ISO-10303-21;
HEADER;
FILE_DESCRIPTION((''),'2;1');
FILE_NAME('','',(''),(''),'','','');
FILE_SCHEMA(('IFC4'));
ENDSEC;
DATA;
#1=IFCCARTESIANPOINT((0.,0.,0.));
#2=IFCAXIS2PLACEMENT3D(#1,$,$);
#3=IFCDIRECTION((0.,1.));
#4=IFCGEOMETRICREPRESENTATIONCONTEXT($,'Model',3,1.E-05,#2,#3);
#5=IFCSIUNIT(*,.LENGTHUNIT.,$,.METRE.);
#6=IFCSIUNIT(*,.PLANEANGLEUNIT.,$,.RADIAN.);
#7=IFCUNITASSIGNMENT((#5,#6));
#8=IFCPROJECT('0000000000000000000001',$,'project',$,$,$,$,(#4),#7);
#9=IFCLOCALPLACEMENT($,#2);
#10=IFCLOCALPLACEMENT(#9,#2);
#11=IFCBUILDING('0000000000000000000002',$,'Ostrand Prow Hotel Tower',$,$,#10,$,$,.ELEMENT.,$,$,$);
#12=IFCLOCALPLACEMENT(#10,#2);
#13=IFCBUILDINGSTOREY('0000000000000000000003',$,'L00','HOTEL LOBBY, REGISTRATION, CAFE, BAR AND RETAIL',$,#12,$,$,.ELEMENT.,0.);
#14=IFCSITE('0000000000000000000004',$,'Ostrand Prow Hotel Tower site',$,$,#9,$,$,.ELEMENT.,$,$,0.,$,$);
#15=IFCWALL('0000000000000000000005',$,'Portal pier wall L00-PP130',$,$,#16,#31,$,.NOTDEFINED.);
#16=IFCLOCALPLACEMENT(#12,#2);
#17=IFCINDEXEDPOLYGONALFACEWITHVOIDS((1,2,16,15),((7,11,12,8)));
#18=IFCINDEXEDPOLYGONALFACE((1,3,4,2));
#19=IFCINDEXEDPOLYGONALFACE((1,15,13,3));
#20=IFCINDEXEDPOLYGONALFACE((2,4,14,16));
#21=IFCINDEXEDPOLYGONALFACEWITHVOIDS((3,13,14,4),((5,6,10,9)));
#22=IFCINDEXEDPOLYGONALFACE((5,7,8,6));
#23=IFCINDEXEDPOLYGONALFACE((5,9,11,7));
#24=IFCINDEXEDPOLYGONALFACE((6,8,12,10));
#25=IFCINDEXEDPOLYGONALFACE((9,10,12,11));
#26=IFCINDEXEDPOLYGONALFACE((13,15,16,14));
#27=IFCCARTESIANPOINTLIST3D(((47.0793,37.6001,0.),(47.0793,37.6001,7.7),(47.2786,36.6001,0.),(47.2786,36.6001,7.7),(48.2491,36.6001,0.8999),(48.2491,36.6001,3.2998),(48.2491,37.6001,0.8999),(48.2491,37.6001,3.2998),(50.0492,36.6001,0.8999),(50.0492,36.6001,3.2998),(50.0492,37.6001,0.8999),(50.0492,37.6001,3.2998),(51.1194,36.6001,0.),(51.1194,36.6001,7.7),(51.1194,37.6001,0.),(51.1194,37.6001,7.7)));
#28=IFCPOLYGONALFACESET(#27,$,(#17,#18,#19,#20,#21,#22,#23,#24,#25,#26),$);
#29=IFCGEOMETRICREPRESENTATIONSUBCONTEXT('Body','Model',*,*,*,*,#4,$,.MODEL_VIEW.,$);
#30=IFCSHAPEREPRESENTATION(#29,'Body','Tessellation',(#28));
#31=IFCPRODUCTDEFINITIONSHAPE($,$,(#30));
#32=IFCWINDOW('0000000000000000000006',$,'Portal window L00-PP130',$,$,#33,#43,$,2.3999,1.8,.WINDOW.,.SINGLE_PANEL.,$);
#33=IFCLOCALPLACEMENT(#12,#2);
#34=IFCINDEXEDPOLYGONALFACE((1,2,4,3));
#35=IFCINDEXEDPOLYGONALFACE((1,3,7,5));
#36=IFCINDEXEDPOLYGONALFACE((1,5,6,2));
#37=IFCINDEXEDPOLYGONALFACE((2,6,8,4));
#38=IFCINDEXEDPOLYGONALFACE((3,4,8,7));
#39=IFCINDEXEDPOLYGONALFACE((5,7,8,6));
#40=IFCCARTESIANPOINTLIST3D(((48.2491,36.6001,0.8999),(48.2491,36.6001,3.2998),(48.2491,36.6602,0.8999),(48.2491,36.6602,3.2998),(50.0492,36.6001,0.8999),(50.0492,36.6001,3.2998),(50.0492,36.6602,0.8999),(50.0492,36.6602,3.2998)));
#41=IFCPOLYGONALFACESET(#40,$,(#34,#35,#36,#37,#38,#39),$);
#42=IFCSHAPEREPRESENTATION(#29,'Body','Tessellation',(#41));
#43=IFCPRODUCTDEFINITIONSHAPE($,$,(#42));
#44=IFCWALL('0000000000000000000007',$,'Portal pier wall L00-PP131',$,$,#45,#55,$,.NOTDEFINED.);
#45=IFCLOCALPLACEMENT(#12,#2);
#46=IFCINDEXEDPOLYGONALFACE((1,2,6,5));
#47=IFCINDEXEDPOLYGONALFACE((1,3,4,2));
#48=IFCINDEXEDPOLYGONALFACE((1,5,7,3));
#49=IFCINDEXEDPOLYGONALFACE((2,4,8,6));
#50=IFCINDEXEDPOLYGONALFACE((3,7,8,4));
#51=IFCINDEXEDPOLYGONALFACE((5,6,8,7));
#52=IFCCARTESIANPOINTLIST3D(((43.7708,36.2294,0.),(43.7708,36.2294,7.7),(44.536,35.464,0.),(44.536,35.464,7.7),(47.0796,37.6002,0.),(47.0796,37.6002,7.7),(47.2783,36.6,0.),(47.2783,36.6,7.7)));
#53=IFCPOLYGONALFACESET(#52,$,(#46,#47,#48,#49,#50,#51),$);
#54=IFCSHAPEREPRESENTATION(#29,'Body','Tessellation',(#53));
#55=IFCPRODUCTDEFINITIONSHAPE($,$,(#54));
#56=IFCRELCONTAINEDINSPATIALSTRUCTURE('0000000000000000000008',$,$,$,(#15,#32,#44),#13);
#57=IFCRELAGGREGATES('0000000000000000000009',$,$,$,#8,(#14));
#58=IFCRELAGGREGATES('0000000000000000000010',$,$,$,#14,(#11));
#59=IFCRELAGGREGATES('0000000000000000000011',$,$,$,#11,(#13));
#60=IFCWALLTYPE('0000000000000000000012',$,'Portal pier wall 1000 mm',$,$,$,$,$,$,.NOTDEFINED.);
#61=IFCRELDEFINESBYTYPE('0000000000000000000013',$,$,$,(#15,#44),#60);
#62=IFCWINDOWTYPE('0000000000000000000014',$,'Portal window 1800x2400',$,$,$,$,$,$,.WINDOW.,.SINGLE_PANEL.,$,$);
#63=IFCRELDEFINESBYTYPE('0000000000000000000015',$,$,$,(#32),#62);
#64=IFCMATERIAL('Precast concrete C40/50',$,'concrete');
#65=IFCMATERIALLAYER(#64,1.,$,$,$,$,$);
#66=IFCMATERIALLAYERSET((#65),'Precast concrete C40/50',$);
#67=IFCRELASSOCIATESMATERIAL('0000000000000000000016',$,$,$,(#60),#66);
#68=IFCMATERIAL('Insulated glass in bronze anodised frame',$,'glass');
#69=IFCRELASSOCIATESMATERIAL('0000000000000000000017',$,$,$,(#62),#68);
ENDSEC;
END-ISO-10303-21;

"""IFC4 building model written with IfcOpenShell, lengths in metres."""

from ifc_helpers import new_model, si_unit, direction, frame, frame_2d, origin, place, context, subcontext, project, spatial, polyline, rectangle, outline, extrude, material, layer, layer_set, type_object, element, fill, save


model = new_model("IFC4")

# Units and contexts
model_context = context("Model", 3, precision=1e-05, world=origin(), true_north=direction((0.0, 1.0)))
body_context = subcontext(model_context, "Body", "Model", "MODEL_VIEW")
ifc_project = project(units=[si_unit("LENGTHUNIT", "METRE"), si_unit("PLANEANGLEUNIT", "RADIAN")], contexts=[model_context])

# Site, building, storey
site_placement = place(None, origin())
site = spatial("IfcSite", under=ifc_project, at=site_placement, Name="Ostrand Prow Hotel Tower site", CompositionType="ELEMENT", RefElevation=0.0)
building_placement = place(site_placement, origin())
building = spatial("IfcBuilding", under=site, at=building_placement, Name="Ostrand Prow Hotel Tower", CompositionType="ELEMENT")
storey_placement = place(building_placement, origin())
storey = spatial("IfcBuildingStorey", under=building, at=storey_placement, Name="L00", Description="HOTEL LOBBY, REGISTRATION, CAFE, BAR AND RETAIL", CompositionType="ELEMENT", Elevation=0.0)

# Shared definitions
ifc_material_1 = material(Name="Precast concrete C40/50", Category="concrete")
ifc_layer_1 = layer(ifc_material_1, 1.0)
ifc_layer_set_1 = layer_set([ifc_layer_1], Name="Precast concrete C40/50")
wall_type_1 = type_object("IfcWallType", Name="Portal pier wall 1000 mm", PredefinedType="NOTDEFINED", material=ifc_layer_set_1)

# Wall, opening, window
ifc_material_2 = material(Name="Insulated glass in bronze anodised frame", Category="glass")
window_type = type_object("IfcWindowType", Name="Portal window 1800x2400", PartitioningType="SINGLE_PANEL", PredefinedType="WINDOW", material=ifc_material_2)
wall_1_placement = place(storey_placement, frame((51.1194, 37.1001, 0.0), z_axis=(0.0, 0.0, 1.0), x_axis=(-1.0, 0.0, 0.0)))
wall_1 = element("IfcWall", 1, at=wall_1_placement, inside=storey, type_object=wall_type_1, Name="Portal pier wall L00-PP130", PredefinedType="NOTDEFINED", context=body_context, shape_type="SweptSolid", body=[
    extrude(outline(polyline([(0.0, -0.5), (4.04, -0.5), (3.8408, 0.5), (0.0, 0.5), (0.0, -0.5)])), origin(), (0.0, 0.0, 1.0), 7.7),
])
opening_1_placement = place(wall_1_placement, frame((1.0703, 0.0, 0.8999)))
opening_1 = element("IfcOpeningElement", 2, at=opening_1_placement, cuts=wall_1, PredefinedType="OPENING", context=body_context, shape_type="SweptSolid", body=[
    extrude(rectangle(XDim=1.8, YDim=2.3999, at=frame_2d((0.8999, 1.2))), frame((0.0, 0.51, 0.0), z_axis=(0.0, -1.0, 0.0), x_axis=(1.0, 0.0, 0.0)), (0.0, 0.0, 1.0), 1.02),
])
window_1_placement = place(opening_1_placement, origin())
window_1 = element("IfcWindow", 3, at=window_1_placement, inside=storey, type_object=window_type, Name="Portal window L00-PP130", OverallHeight=2.3999, OverallWidth=1.8, PartitioningType="SINGLE_PANEL", PredefinedType="WINDOW", context=body_context, shape_type="SweptSolid", body=[
    extrude(rectangle(XDim=1.8, YDim=2.3999, at=frame_2d((0.8999, 1.2))), frame((0.0, 0.5, 0.0), z_axis=(0.0, -1.0, 0.0), x_axis=(1.0, 0.0, 0.0)), (0.0, 0.0, 1.0), 0.0601),
])
fill(opening_1, window_1)

# Wall
wall_2_placement = place(storey_placement, frame((47.179, 37.1001, 0.0), z_axis=(0.0, 0.0, 1.0), x_axis=(-0.923862, -0.382725, 0.0)))
element("IfcWall", 4, at=wall_2_placement, inside=storey, type_object=wall_type_1, Name="Portal pier wall L00-PP131", PredefinedType="NOTDEFINED", context=body_context, shape_type="SweptSolid", body=[
    extrude(outline(polyline([(-0.0996, -0.5), (3.4819, -0.5), (3.0679, 0.5), (0.0996, 0.5), (-0.0996, -0.5)])), origin(), (0.0, 0.0, 1.0), 7.7),
])

save(model, "model.ifc")
